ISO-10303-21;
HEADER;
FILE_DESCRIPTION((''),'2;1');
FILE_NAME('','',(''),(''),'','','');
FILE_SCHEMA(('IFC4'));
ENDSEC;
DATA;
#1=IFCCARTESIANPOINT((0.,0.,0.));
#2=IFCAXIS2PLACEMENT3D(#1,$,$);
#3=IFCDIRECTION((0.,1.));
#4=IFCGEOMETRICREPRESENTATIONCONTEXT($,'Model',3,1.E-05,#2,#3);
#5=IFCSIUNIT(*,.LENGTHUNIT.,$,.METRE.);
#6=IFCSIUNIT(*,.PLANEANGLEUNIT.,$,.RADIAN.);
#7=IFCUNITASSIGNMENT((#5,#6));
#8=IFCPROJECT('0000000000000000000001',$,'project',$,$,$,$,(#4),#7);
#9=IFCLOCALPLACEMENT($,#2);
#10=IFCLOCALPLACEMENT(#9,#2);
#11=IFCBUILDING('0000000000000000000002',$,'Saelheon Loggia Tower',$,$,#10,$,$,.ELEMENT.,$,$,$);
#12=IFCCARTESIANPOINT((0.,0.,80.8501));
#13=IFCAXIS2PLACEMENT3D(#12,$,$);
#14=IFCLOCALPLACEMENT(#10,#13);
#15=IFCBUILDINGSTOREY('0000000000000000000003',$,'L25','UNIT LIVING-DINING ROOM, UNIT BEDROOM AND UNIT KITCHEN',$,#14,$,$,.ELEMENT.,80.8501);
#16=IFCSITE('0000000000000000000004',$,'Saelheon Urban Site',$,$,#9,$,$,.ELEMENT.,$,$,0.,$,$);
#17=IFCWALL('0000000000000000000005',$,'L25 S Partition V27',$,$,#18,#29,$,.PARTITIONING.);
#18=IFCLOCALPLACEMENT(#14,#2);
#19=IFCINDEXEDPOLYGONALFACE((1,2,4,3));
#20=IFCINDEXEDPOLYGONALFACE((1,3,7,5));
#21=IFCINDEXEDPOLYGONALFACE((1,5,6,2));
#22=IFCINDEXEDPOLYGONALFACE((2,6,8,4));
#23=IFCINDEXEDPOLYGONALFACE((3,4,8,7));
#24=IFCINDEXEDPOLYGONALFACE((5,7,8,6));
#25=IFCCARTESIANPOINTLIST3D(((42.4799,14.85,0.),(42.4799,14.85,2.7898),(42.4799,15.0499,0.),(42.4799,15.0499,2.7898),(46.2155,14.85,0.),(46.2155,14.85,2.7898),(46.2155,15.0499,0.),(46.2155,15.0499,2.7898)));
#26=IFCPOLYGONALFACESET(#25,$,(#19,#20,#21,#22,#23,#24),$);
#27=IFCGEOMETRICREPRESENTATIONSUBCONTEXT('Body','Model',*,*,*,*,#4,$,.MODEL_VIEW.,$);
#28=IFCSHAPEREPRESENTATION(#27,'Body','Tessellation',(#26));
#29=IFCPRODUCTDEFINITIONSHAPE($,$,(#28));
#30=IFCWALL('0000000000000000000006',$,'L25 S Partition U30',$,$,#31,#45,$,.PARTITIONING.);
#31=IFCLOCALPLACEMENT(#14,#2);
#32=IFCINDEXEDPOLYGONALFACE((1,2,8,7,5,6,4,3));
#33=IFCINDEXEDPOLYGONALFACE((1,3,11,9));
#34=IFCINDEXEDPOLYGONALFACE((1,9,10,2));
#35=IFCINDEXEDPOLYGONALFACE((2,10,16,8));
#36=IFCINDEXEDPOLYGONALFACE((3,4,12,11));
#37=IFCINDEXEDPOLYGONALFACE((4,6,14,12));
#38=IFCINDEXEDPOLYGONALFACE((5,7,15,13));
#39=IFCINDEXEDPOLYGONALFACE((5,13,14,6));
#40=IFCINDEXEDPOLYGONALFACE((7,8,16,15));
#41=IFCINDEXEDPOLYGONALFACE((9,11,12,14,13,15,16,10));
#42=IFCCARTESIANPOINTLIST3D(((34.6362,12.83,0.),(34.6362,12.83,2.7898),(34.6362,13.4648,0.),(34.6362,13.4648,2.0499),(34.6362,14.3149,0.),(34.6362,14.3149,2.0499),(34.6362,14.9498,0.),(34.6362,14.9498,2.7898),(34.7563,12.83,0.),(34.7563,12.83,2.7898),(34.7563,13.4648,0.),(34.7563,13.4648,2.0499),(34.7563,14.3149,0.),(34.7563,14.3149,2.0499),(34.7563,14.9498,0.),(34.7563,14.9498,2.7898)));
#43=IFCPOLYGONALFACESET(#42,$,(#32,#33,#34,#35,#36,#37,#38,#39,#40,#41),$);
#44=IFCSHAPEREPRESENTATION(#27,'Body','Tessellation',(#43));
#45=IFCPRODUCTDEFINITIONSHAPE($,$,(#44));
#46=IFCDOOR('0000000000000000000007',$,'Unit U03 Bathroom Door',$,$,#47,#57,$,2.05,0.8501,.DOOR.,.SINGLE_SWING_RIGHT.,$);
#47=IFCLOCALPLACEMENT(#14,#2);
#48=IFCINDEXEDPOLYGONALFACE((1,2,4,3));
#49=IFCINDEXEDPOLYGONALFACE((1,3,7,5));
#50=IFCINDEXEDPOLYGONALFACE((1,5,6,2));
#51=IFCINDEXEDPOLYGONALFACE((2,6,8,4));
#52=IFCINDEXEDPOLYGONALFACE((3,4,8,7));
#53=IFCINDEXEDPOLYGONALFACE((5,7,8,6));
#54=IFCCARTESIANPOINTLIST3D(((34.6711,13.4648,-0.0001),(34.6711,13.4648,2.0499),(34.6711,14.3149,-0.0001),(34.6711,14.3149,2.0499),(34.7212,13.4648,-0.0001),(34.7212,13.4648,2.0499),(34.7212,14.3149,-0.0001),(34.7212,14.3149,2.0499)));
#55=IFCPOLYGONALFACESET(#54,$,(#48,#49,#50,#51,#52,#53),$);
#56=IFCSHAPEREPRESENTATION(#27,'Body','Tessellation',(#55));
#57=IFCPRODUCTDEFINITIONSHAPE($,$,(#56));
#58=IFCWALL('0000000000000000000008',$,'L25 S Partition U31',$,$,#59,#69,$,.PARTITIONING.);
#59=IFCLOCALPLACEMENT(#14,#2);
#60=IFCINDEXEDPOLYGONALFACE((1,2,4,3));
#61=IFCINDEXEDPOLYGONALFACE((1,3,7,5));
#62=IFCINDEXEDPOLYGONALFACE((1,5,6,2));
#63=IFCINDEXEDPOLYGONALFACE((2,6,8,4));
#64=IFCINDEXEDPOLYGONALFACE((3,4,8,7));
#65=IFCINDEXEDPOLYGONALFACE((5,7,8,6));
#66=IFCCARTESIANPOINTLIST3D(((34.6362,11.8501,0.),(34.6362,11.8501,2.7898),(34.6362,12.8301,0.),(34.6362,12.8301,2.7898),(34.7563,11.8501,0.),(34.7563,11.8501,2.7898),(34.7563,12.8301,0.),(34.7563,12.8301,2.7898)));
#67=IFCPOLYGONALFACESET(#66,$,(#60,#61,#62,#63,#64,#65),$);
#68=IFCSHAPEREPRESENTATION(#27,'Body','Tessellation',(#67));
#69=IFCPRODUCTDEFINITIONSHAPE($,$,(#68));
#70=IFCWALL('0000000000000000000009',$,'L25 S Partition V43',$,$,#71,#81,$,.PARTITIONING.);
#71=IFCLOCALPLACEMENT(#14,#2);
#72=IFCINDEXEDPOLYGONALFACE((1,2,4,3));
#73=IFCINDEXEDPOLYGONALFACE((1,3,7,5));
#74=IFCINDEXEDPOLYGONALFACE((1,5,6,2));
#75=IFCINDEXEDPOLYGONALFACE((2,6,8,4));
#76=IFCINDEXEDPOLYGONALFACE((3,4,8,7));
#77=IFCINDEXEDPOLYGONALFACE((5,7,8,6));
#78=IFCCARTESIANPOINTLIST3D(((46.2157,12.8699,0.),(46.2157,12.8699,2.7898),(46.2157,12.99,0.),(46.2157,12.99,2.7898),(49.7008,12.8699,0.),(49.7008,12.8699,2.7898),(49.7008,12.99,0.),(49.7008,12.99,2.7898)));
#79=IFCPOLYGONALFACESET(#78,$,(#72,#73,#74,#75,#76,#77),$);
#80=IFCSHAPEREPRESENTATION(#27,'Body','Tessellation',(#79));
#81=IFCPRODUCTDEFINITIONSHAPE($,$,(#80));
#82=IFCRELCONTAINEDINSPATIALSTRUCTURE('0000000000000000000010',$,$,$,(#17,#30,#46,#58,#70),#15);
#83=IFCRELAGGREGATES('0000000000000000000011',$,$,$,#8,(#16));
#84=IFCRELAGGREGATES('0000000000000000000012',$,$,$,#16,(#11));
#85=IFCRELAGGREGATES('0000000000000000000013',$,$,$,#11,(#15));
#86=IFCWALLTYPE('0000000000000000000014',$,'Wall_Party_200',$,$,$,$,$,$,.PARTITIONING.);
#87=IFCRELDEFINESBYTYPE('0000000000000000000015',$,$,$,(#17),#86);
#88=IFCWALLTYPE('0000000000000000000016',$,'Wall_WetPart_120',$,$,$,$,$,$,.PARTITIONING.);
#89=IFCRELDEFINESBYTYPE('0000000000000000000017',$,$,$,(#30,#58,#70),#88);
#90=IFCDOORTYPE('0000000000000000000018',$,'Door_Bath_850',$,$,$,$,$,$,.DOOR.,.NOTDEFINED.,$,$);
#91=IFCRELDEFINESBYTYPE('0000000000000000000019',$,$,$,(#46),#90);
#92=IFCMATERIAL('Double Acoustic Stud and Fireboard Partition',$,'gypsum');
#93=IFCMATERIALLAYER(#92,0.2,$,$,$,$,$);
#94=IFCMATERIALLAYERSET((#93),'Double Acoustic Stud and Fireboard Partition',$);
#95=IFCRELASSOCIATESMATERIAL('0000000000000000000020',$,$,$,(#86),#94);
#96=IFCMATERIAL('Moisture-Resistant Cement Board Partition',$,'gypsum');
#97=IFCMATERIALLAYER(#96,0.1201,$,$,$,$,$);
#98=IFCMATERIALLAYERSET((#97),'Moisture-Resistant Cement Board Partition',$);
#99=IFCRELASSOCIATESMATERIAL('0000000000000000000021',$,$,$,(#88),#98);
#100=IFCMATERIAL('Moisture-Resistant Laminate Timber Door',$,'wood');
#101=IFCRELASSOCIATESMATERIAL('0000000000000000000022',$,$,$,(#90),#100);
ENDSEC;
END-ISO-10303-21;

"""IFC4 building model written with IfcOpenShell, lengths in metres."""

from ifc_helpers import new_model, si_unit, direction, frame, frame_2d, origin, place, context, subcontext, project, spatial, rectangle, extrude, source, transform, mapped, material, layer, layer_set, type_object, element, fill, save


model = new_model("IFC4")

# Units and contexts
model_context = context("Model", 3, precision=1e-05, world=origin(), true_north=direction((0.0, 1.0)))
body_context = subcontext(model_context, "Body", "Model", "MODEL_VIEW")
ifc_project = project(units=[si_unit("LENGTHUNIT", "METRE"), si_unit("PLANEANGLEUNIT", "RADIAN")], contexts=[model_context])

# Site, building, storey
site_placement = place(None, origin())
site = spatial("IfcSite", under=ifc_project, at=site_placement, Name="Saelheon Urban Site", CompositionType="ELEMENT", RefElevation=0.0)
building_placement = place(site_placement, origin())
building = spatial("IfcBuilding", under=site, at=building_placement, Name="Saelheon Loggia Tower", CompositionType="ELEMENT")
storey_placement = place(building_placement, frame((0.0, 0.0, 80.8501)))
storey = spatial("IfcBuildingStorey", under=building, at=storey_placement, Name="L25", Description="UNIT LIVING-DINING ROOM, UNIT BEDROOM AND UNIT KITCHEN", CompositionType="ELEMENT", Elevation=80.8501)

# Wall
ifc_material_1 = material(Name="Double Acoustic Stud and Fireboard Partition", Category="gypsum")
ifc_layer_1 = layer(ifc_material_1, 0.2)
ifc_layer_set_1 = layer_set([ifc_layer_1], Name="Double Acoustic Stud and Fireboard Partition")
wall_type_1 = type_object("IfcWallType", Name="Wall_Party_200", PredefinedType="PARTITIONING", material=ifc_layer_set_1)
wall_1_placement = place(storey_placement, frame((42.48, 14.95, 0.0), z_axis=(0.0, 0.0, 1.0), x_axis=(1.0, 0.0, 0.0)))
element("IfcWall", 1, at=wall_1_placement, inside=storey, type_object=wall_type_1, Name="L25 S Partition V27", PredefinedType="PARTITIONING", context=body_context, shape_type="SweptSolid", body=[
    extrude(rectangle(XDim=3.7356, YDim=0.2, at=frame_2d((1.8677, 0.0))), origin(), (0.0, 0.0, 1.0), 2.7898),
])

# Wall, opening, door
ifc_material_2 = material(Name="Moisture-Resistant Cement Board Partition", Category="gypsum")
ifc_layer_2 = layer(ifc_material_2, 0.1201)
ifc_layer_set_2 = layer_set([ifc_layer_2], Name="Moisture-Resistant Cement Board Partition")
wall_type_2 = type_object("IfcWallType", Name="Wall_WetPart_120", PredefinedType="PARTITIONING", material=ifc_layer_set_2)
wall_2_placement = place(storey_placement, frame((34.6963, 14.95, 0.0), z_axis=(0.0, 0.0, 1.0), x_axis=(0.0, -1.0, 0.0)))
wall_2 = element("IfcWall", 2, at=wall_2_placement, inside=storey, type_object=wall_type_2, Name="L25 S Partition U30", PredefinedType="PARTITIONING", context=body_context, shape_type="SweptSolid", body=[
    extrude(rectangle(XDim=2.1199, YDim=0.1201, at=frame_2d((1.0601, 0.0))), origin(), (0.0, 0.0, 1.0), 2.7898),
])
opening_1_placement = place(wall_2_placement, frame((0.635, 0.0, 0.0)))
opening_1 = element("IfcOpeningElement", 3, at=opening_1_placement, cuts=wall_2, PredefinedType="OPENING", context=body_context, shape_type="SweptSolid", body=[
    extrude(rectangle(XDim=0.8501, YDim=2.05, at=frame_2d((0.425, 1.0249))), frame((0.0, 0.072, 0.0), z_axis=(0.0, -1.0, 0.0), x_axis=(1.0, 0.0, 0.0)), (0.0, 0.0, 1.0), 0.144),
])
ifc_material_3 = material(Name="Moisture-Resistant Laminate Timber Door", Category="wood")
door_type_1 = type_object("IfcDoorType", Name="Door_Bath_850", OperationType="NOTDEFINED", PredefinedType="DOOR", material=ifc_material_3)
shared_shape_1 = source(origin(), body_context, "Body", "SweptSolid", [
    extrude(rectangle(XDim=0.8501, YDim=2.05, at=frame_2d((0.425, 1.0249))), frame((0.0, 0.0249, 0.0), z_axis=(0.0, -1.0, 0.0), x_axis=(1.0, 0.0, 0.0)), (0.0, 0.0, 1.0), 0.05),
])
door_1_placement = place(opening_1_placement, origin())
door_1 = element("IfcDoor", 4, at=door_1_placement, inside=storey, type_object=door_type_1, Name="Unit U03 Bathroom Door", OperationType="SINGLE_SWING_RIGHT", OverallHeight=2.05, OverallWidth=0.8501, PredefinedType="DOOR", context=body_context, shape_type="MappedRepresentation", body=[
    mapped(shared_shape_1, transform((0.0, 0.0, 0.0), scale=1.0)),
])
fill(opening_1, door_1)

# Walls
wall_3_placement = place(storey_placement, frame((34.6963, 12.8301, 0.0), z_axis=(0.0, 0.0, 1.0), x_axis=(0.0, -1.0, 0.0)))
element("IfcWall", 5, at=wall_3_placement, inside=storey, type_object=wall_type_2, Name="L25 S Partition U31", PredefinedType="PARTITIONING", context=body_context, shape_type="SweptSolid", body=[
    extrude(rectangle(XDim=0.98, YDim=0.1201, at=frame_2d((0.49, 0.0))), origin(), (0.0, 0.0, 1.0), 2.7898),
])
wall_4_placement = place(storey_placement, frame((46.2156, 12.9299, 0.0), z_axis=(0.0, 0.0, 1.0), x_axis=(1.0, 0.0, 0.0)))
element("IfcWall", 6, at=wall_4_placement, inside=storey, type_object=wall_type_2, Name="L25 S Partition V43", PredefinedType="PARTITIONING", context=body_context, shape_type="SweptSolid", body=[
    extrude(rectangle(XDim=3.4851, YDim=0.1201, at=frame_2d((1.7427, 0.0))), origin(), (0.0, 0.0, 1.0), 2.7898),
])

save(model, "model.ifc")
